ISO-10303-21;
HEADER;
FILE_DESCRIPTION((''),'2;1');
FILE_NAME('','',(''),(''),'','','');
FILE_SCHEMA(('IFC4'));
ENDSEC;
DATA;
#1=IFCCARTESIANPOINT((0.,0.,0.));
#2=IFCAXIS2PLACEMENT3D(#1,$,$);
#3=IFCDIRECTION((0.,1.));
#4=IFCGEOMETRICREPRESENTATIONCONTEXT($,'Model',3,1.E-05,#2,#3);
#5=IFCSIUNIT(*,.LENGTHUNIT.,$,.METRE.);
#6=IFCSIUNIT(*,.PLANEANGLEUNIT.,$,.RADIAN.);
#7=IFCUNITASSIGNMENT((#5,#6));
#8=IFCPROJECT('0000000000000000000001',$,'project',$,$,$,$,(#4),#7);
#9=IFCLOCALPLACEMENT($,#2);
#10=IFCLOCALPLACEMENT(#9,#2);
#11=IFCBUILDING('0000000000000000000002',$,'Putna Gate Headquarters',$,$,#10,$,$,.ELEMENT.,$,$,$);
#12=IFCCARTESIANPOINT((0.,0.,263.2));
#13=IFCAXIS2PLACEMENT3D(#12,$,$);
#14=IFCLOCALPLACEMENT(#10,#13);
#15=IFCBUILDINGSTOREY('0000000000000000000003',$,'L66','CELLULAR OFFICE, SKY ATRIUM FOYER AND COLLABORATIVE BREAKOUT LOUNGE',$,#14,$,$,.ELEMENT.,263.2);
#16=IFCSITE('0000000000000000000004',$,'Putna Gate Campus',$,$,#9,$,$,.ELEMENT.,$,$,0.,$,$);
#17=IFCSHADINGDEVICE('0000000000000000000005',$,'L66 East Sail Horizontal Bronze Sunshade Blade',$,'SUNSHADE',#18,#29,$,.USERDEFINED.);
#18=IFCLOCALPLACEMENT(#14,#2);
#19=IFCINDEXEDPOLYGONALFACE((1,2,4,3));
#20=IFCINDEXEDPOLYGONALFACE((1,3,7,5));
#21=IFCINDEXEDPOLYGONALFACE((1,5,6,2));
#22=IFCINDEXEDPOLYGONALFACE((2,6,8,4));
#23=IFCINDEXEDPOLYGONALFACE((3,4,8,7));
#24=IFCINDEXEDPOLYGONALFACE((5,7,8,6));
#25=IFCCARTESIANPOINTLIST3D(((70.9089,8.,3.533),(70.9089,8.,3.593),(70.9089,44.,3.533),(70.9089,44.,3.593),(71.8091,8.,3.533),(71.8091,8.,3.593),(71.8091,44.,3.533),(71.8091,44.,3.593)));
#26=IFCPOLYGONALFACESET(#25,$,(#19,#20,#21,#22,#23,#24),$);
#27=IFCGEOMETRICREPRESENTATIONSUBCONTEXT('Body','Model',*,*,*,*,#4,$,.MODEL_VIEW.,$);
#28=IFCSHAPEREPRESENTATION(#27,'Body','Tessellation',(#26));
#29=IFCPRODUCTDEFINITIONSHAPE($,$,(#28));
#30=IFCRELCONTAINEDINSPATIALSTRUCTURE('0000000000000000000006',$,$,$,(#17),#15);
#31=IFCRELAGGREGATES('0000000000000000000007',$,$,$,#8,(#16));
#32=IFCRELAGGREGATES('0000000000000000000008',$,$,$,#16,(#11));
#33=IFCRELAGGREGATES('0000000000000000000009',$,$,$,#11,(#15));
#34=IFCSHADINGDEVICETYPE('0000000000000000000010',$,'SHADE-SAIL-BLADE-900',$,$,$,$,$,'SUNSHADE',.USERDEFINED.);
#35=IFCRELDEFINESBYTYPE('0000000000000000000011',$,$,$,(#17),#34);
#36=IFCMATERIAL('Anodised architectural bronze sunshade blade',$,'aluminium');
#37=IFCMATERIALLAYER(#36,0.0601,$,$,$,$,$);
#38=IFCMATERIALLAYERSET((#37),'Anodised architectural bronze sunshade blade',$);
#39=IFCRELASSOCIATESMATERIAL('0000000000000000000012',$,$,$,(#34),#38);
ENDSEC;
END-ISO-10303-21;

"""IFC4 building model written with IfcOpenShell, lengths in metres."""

from ifc_helpers import new_model, si_unit, direction, frame, origin, place, context, subcontext, project, spatial, polyline, outline, extrude, material, layer, layer_set, type_object, element, save


model = new_model("IFC4")

# Units and contexts
model_context = context("Model", 3, precision=1e-05, world=origin(), true_north=direction((0.0, 1.0)))
body_context = subcontext(model_context, "Body", "Model", "MODEL_VIEW")
ifc_project = project(units=[si_unit("LENGTHUNIT", "METRE"), si_unit("PLANEANGLEUNIT", "RADIAN")], contexts=[model_context])

# Site, building, storey
site_placement = place(None, origin())
site = spatial("IfcSite", under=ifc_project, at=site_placement, Name="Putna Gate Campus", CompositionType="ELEMENT", RefElevation=0.0)
building_placement = place(site_placement, origin())
building = spatial("IfcBuilding", under=site, at=building_placement, Name="Putna Gate Headquarters", CompositionType="ELEMENT")
storey_placement = place(building_placement, frame((0.0, 0.0, 263.2)))
storey = spatial("IfcBuildingStorey", under=building, at=storey_placement, Name="L66", Description="CELLULAR OFFICE, SKY ATRIUM FOYER AND COLLABORATIVE BREAKOUT LOUNGE", CompositionType="ELEMENT", Elevation=263.2)

# Shading device
ifc_material_1 = material(Name="Anodised architectural bronze sunshade blade", Category="aluminium")
ifc_layer_1 = layer(ifc_material_1, 0.0601)
ifc_layer_set_1 = layer_set([ifc_layer_1], Name="Anodised architectural bronze sunshade blade")
shading_device_type_1 = type_object("IfcShadingDeviceType", Name="SHADE-SAIL-BLADE-900", ElementType="SUNSHADE", PredefinedType="USERDEFINED", material=ifc_layer_set_1)
shading_device_placement = place(storey_placement, frame((0.0, 0.0, 3.533)))
element("IfcShadingDevice", 1, at=shading_device_placement, inside=storey, type_object=shading_device_type_1, Name="L66 East Sail Horizontal Bronze Sunshade Blade", ObjectType="SUNSHADE", PredefinedType="USERDEFINED", context=body_context, shape_type="SweptSolid", body=[
    extrude(outline(polyline([(70.9089, 8.0), (71.8091, 8.0), (71.8091, 44.0), (70.9089, 44.0), (70.9089, 8.0)])), origin(), (0.0, 0.0, 1.0), 0.0601),
])

save(model, "model.ifc")
